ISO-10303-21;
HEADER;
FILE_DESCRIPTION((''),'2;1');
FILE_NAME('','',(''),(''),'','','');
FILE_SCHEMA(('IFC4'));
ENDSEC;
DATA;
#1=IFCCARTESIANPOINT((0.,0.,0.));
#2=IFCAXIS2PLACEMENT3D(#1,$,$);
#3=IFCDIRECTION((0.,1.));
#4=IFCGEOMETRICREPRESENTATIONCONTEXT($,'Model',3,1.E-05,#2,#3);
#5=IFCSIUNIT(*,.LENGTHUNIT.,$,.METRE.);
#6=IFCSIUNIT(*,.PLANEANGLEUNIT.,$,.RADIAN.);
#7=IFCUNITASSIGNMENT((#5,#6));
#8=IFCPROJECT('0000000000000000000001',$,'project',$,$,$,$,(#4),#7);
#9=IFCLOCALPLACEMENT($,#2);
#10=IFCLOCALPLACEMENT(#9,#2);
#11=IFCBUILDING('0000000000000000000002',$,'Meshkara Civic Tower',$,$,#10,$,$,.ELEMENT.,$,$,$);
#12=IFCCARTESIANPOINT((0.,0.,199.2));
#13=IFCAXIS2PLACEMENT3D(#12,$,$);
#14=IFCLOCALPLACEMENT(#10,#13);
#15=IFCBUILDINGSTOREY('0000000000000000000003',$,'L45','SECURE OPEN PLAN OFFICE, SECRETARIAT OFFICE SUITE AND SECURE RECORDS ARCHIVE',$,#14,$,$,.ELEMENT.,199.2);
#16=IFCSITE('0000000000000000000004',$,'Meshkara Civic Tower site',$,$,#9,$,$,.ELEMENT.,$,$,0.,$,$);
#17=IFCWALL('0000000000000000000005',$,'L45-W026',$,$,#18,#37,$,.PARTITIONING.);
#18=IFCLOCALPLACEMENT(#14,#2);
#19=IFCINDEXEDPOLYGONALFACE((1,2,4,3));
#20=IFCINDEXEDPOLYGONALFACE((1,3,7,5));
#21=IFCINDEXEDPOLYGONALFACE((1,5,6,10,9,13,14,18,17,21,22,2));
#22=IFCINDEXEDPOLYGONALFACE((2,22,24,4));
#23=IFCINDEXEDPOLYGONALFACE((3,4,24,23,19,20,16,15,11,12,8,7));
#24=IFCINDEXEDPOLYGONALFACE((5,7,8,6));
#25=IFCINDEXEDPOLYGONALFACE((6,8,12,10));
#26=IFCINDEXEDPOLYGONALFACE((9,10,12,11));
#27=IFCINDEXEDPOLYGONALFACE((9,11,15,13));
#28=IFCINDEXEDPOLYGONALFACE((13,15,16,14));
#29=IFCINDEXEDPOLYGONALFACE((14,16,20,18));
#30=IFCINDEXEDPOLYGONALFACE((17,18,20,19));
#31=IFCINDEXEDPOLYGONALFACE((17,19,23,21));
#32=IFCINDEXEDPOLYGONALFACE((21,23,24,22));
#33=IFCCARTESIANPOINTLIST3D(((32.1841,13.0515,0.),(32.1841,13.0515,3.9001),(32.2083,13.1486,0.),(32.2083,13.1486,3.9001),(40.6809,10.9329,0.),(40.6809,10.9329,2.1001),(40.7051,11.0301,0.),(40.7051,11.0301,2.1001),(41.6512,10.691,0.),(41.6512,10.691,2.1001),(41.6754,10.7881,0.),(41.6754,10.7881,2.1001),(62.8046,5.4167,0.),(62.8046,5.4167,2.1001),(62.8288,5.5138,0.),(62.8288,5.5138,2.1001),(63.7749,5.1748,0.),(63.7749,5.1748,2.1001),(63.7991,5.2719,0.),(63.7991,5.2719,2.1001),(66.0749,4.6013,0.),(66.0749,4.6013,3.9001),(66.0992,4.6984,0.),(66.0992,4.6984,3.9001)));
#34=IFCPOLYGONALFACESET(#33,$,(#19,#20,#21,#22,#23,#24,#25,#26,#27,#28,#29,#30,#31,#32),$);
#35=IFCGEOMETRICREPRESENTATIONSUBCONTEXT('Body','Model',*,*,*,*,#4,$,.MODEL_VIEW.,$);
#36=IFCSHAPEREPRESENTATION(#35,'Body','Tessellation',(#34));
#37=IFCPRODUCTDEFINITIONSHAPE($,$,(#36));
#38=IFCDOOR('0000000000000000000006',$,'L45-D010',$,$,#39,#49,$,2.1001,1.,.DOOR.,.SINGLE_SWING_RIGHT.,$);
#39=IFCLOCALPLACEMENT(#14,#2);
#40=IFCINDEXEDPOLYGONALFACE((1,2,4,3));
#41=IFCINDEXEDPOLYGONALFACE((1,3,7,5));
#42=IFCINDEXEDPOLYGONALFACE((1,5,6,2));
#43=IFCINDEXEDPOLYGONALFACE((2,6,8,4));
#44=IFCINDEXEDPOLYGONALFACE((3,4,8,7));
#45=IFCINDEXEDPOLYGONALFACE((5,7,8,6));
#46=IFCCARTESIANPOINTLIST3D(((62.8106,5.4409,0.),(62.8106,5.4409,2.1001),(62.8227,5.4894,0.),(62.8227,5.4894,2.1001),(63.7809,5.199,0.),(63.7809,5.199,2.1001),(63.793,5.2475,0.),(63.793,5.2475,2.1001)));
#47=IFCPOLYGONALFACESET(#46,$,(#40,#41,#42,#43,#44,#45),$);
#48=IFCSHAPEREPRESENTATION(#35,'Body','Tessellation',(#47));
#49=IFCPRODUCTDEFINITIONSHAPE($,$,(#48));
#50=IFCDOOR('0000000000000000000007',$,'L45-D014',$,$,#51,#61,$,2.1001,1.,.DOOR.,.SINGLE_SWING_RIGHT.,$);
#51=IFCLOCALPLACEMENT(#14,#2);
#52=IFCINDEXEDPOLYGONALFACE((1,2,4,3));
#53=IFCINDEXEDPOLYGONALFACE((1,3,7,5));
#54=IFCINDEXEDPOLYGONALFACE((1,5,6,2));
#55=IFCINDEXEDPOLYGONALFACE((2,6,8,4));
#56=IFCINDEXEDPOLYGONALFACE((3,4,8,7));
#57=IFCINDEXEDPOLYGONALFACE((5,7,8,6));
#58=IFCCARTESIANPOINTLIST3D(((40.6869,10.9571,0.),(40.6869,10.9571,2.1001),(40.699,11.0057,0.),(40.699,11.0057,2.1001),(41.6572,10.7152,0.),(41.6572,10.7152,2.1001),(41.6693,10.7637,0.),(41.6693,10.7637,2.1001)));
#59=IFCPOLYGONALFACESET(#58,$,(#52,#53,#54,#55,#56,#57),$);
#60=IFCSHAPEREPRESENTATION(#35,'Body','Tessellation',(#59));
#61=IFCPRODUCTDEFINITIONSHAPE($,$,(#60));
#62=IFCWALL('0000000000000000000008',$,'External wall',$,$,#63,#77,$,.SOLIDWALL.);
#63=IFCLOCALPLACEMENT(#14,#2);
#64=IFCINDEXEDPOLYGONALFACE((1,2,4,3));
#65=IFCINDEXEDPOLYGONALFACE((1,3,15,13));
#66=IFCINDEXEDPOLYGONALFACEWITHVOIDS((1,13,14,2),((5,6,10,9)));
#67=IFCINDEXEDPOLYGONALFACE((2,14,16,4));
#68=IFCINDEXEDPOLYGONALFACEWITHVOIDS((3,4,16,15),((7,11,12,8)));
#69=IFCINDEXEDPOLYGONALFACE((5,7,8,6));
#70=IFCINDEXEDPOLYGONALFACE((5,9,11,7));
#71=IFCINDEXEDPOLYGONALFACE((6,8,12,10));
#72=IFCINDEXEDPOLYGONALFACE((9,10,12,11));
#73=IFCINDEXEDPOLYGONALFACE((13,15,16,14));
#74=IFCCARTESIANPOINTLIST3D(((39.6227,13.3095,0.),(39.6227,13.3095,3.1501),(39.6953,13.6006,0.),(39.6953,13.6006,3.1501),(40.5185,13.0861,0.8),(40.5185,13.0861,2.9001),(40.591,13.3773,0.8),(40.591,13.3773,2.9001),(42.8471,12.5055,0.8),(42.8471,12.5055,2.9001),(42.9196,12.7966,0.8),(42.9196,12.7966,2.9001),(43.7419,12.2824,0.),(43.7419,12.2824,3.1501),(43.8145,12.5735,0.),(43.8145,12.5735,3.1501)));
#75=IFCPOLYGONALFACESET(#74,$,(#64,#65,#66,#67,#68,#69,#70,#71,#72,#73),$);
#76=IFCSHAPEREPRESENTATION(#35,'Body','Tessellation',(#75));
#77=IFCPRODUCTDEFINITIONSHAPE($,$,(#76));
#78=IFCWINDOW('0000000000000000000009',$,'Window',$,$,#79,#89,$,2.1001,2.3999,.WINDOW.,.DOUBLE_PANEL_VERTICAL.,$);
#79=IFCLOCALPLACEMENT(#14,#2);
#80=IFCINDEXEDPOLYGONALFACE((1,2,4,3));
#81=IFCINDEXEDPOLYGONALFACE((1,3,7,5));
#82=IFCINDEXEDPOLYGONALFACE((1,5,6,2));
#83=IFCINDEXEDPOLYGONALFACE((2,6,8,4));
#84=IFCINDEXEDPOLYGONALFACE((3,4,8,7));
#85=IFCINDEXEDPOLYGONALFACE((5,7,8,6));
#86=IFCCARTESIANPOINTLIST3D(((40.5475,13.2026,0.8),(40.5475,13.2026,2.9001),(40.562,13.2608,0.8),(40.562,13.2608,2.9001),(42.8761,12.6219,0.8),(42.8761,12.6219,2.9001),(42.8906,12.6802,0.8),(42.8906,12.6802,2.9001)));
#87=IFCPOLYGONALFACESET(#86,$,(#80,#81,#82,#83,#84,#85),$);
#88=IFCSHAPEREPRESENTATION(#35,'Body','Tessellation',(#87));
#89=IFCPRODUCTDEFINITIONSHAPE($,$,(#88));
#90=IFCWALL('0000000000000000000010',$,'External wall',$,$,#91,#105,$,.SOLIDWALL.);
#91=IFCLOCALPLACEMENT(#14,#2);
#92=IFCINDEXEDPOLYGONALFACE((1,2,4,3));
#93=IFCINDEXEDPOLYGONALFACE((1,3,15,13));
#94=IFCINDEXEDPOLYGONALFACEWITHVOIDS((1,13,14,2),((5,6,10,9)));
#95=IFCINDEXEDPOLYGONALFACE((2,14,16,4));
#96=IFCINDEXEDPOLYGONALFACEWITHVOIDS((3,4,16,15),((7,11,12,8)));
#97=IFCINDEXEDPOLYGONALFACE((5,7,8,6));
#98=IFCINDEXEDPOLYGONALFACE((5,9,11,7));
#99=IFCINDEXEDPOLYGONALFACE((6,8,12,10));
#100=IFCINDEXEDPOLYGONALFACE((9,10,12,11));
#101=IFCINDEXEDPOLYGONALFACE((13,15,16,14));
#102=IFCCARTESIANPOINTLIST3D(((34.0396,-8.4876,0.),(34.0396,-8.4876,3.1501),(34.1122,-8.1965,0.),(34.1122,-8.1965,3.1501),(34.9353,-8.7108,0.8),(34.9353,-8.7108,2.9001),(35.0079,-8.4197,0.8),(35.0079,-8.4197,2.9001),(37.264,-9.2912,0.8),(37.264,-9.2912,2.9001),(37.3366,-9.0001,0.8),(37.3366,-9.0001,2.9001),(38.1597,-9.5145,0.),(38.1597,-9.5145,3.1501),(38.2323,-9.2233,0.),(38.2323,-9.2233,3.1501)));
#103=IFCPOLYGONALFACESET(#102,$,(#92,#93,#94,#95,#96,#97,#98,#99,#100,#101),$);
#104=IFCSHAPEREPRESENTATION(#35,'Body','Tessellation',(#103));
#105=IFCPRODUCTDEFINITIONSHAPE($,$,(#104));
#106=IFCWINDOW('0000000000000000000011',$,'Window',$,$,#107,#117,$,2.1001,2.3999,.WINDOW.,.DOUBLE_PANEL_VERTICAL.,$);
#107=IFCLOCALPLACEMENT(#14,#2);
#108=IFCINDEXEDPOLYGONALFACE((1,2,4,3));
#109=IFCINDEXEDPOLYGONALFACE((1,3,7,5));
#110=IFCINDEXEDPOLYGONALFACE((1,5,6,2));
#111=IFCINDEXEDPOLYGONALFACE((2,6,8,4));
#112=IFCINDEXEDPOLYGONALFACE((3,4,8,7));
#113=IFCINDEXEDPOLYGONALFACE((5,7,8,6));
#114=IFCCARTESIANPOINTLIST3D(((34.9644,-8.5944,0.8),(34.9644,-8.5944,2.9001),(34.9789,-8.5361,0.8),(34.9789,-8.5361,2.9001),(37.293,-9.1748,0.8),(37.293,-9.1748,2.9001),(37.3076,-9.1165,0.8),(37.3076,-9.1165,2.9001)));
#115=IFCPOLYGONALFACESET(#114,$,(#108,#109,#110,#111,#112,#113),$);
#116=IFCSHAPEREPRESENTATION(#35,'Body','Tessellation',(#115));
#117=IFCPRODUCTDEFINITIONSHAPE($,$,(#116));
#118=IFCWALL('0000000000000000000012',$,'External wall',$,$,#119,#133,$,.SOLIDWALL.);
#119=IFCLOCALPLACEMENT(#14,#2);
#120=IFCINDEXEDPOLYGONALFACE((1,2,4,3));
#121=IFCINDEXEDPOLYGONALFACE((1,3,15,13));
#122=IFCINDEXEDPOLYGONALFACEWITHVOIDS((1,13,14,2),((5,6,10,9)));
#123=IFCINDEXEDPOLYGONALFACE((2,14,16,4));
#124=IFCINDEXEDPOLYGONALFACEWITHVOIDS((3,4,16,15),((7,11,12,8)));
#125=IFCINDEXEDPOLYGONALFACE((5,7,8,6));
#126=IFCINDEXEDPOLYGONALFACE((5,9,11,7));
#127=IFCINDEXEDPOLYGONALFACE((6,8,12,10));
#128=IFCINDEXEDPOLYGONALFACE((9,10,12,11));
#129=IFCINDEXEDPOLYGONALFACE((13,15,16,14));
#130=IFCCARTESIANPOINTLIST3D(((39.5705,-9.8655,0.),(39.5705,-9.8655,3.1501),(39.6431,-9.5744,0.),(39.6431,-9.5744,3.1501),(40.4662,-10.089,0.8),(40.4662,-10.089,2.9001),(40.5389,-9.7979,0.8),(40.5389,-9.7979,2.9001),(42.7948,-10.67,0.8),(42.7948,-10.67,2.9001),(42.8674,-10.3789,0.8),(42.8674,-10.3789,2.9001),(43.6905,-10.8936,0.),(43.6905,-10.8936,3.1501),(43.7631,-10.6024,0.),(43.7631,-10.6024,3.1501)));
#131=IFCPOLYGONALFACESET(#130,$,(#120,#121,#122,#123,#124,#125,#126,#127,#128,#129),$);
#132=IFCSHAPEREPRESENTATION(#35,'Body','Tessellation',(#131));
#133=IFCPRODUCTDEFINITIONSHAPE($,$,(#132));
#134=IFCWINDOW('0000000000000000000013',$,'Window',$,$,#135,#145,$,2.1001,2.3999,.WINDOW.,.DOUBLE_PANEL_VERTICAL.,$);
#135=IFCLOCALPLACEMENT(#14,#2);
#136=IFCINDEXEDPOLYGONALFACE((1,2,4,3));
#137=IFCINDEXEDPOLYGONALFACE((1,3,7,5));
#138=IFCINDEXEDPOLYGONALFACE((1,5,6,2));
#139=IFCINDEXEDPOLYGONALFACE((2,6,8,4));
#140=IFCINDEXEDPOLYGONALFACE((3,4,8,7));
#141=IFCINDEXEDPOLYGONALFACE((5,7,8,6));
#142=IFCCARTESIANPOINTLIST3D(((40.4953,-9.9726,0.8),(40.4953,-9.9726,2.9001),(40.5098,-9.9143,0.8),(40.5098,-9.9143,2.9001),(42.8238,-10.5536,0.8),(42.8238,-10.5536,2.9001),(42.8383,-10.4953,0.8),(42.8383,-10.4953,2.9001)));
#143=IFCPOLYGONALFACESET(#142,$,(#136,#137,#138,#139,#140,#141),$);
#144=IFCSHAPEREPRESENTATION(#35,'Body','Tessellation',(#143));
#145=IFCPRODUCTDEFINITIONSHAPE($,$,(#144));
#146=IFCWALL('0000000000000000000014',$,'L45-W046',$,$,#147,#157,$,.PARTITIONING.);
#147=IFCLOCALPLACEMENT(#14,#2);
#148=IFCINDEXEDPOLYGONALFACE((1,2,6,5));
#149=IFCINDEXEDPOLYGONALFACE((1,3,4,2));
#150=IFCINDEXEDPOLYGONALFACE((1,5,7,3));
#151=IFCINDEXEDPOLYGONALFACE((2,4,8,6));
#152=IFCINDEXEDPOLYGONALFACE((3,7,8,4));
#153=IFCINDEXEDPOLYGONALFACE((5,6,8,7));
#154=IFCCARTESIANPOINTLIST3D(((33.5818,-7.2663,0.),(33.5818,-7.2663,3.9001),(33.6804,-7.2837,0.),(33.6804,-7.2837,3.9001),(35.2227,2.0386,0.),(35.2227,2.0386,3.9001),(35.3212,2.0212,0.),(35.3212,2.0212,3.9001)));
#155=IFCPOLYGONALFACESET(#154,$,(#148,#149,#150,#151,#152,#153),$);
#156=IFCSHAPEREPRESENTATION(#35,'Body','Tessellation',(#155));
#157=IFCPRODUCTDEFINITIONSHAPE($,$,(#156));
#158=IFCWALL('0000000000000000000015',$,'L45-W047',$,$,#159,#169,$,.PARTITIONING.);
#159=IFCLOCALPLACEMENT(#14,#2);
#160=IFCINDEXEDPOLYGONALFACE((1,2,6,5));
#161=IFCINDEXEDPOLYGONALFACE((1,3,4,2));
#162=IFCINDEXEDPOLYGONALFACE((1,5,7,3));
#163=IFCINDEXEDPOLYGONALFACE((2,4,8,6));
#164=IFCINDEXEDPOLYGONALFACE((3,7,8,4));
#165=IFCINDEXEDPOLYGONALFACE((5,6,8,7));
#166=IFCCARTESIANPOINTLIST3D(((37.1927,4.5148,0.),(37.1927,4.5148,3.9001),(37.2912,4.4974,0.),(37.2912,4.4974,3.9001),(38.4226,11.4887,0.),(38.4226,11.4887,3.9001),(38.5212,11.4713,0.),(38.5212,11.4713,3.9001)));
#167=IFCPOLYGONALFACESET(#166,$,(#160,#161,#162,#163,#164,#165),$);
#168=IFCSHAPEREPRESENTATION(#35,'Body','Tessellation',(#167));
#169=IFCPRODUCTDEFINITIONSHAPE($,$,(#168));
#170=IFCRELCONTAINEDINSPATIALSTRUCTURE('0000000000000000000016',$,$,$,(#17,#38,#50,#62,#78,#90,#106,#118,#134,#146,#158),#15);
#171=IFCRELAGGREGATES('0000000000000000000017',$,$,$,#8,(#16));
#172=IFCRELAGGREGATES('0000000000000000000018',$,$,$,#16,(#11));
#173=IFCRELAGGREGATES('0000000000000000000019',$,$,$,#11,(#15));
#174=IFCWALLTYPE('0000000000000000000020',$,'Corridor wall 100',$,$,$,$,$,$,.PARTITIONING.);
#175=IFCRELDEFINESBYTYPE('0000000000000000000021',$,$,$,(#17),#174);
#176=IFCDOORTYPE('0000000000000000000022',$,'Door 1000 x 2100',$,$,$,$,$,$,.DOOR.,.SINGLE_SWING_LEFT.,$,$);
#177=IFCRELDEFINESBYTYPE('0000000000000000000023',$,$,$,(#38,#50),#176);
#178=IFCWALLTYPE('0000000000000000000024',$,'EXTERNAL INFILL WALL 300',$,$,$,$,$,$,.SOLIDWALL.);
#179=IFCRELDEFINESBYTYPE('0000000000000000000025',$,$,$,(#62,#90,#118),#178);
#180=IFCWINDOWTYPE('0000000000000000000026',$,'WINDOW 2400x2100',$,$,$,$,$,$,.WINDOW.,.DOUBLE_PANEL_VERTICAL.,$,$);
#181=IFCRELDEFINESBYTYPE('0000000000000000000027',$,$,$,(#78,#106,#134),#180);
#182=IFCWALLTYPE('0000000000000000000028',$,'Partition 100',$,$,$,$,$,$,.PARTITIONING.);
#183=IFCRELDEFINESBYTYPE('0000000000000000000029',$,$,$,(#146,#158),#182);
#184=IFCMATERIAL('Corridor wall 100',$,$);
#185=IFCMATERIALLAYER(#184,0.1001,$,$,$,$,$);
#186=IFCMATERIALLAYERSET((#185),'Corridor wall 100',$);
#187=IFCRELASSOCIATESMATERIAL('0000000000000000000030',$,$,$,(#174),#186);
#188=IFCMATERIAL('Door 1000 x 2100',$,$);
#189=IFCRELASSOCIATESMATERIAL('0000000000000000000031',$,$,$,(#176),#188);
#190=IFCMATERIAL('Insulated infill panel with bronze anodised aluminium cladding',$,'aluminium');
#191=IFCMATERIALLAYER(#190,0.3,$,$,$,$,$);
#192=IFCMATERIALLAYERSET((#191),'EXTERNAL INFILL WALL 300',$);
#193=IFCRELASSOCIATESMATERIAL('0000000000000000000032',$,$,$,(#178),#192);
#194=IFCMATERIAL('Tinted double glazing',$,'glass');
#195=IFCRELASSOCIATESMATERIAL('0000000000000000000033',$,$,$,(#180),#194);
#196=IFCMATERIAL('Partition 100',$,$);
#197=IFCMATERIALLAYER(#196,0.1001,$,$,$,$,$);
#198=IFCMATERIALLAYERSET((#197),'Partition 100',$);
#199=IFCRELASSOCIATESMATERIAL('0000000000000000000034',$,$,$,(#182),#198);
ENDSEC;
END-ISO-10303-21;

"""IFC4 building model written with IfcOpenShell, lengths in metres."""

from ifc_helpers import new_model, si_unit, direction, frame, frame_2d, origin, place, context, subcontext, project, spatial, rectangle, extrude, material, layer, layer_set, type_object, element, fill, save


model = new_model("IFC4")

# Units and contexts
model_context = context("Model", 3, precision=1e-05, world=origin(), true_north=direction((0.0, 1.0)))
body_context = subcontext(model_context, "Body", "Model", "MODEL_VIEW")
ifc_project = project(units=[si_unit("LENGTHUNIT", "METRE"), si_unit("PLANEANGLEUNIT", "RADIAN")], contexts=[model_context])

# Site, building, storey
site_placement = place(None, origin())
site = spatial("IfcSite", under=ifc_project, at=site_placement, Name="Meshkara Civic Tower site", CompositionType="ELEMENT", RefElevation=0.0)
building_placement = place(site_placement, origin())
building = spatial("IfcBuilding", under=site, at=building_placement, Name="Meshkara Civic Tower", CompositionType="ELEMENT")
storey_placement = place(building_placement, frame((0.0, 0.0, 199.2)))
storey = spatial("IfcBuildingStorey", under=building, at=storey_placement, Name="L45", Description="SECURE OPEN PLAN OFFICE, SECRETARIAT OFFICE SUITE AND SECURE RECORDS ARCHIVE", CompositionType="ELEMENT", Elevation=199.2)

# Wall, openings, doors
ifc_material_1 = material(Name="Corridor wall 100")
ifc_layer_1 = layer(ifc_material_1, 0.1001)
ifc_layer_set_1 = layer_set([ifc_layer_1], Name="Corridor wall 100")
wall_type_1 = type_object("IfcWallType", Name="Corridor wall 100", PredefinedType="PARTITIONING", material=ifc_layer_set_1)
wall_1_placement = place(storey_placement, frame((32.196, 13.1001, 0.0), z_axis=(0.0, 0.0, 1.0), x_axis=(0.970294, -0.241929, 0.0)))
wall_1 = element("IfcWall", 1, at=wall_1_placement, inside=storey, type_object=wall_type_1, Name="L45-W026", PredefinedType="PARTITIONING", context=body_context, shape_type="SweptSolid", body=[
    extrude(rectangle(XDim=34.9285, YDim=0.1001, at=frame_2d((17.4644, 0.0))), origin(), (0.0, 0.0, 1.0), 3.9001),
])
opening_1_placement = place(wall_1_placement, frame((31.5581, 0.0, 0.0)))
opening_1 = element("IfcOpeningElement", 2, at=opening_1_placement, cuts=wall_1, PredefinedType="OPENING", context=body_context, shape_type="SweptSolid", body=[
    extrude(rectangle(XDim=1.0, YDim=2.1001, at=frame_2d((0.5, 1.05))), frame((0.0, 0.0601, 0.0), z_axis=(0.0, -1.0, 0.0), x_axis=(1.0, 0.0, 0.0)), (0.0, 0.0, 1.0), 0.1201),
])
opening_2_placement = place(wall_1_placement, frame((8.7571, 0.0, 0.0)))
opening_2 = element("IfcOpeningElement", 3, at=opening_2_placement, cuts=wall_1, PredefinedType="OPENING", context=body_context, shape_type="SweptSolid", body=[
    extrude(rectangle(XDim=1.0, YDim=2.1001, at=frame_2d((0.5, 1.05))), frame((0.0, 0.0601, 0.0), z_axis=(0.0, -1.0, 0.0), x_axis=(1.0, 0.0, 0.0)), (0.0, 0.0, 1.0), 0.1201),
])
ifc_material_2 = material(Name="Door 1000 x 2100")
door_type = type_object("IfcDoorType", Name="Door 1000 x 2100", OperationType="SINGLE_SWING_LEFT", PredefinedType="DOOR", material=ifc_material_2)
door_1_placement = place(opening_1_placement, origin())
door_1 = element("IfcDoor", 4, at=door_1_placement, inside=storey, type_object=door_type, Name="L45-D010", OperationType="SINGLE_SWING_RIGHT", OverallHeight=2.1001, OverallWidth=1.0, PredefinedType="DOOR", context=body_context, shape_type="SweptSolid", body=[
    extrude(rectangle(XDim=1.0, YDim=2.1001, at=frame_2d((0.5, 1.05))), frame((0.0, 0.0249, 0.0), z_axis=(0.0, -1.0, 0.0), x_axis=(1.0, 0.0, 0.0)), (0.0, 0.0, 1.0), 0.05),
])
fill(opening_1, door_1)
door_2_placement = place(opening_2_placement, origin())
door_2 = element("IfcDoor", 5, at=door_2_placement, inside=storey, type_object=door_type, Name="L45-D014", OperationType="SINGLE_SWING_RIGHT", OverallHeight=2.1001, OverallWidth=1.0, PredefinedType="DOOR", context=body_context, shape_type="SweptSolid", body=[
    extrude(rectangle(XDim=1.0, YDim=2.1001, at=frame_2d((0.5, 1.05))), frame((0.0, 0.0249, 0.0), z_axis=(0.0, -1.0, 0.0), x_axis=(1.0, 0.0, 0.0)), (0.0, 0.0, 1.0), 0.05),
])
fill(opening_2, door_2)

# Walls, openings, windows
ifc_material_3 = material(Name="Insulated infill panel with bronze anodised aluminium cladding", Category="aluminium")
ifc_layer_2 = layer(ifc_material_3, 0.3)
ifc_layer_set_2 = layer_set([ifc_layer_2], Name="EXTERNAL INFILL WALL 300")
wall_type_2 = type_object("IfcWallType", Name="EXTERNAL INFILL WALL 300", PredefinedType="SOLIDWALL", material=ifc_layer_set_2)
wall_2_placement = place(storey_placement, frame((43.7781, 12.428, 0.0), z_axis=(0.0, 0.0, 1.0), x_axis=(-0.970291, 0.24194, 0.0)))
wall_2 = element("IfcWall", 6, at=wall_2_placement, inside=storey, type_object=wall_type_2, Name="External wall", PredefinedType="SOLIDWALL", context=body_context, shape_type="SweptSolid", body=[
    extrude(rectangle(XDim=4.2454, YDim=0.3, at=frame_2d((2.1226, 0.0))), origin(), (0.0, 0.0, 1.0), 3.1501),
])
opening_3_placement = place(wall_2_placement, frame((0.9221, 0.0, 0.8)))
opening_3 = element("IfcOpeningElement", 7, at=opening_3_placement, cuts=wall_2, PredefinedType="OPENING", context=body_context, shape_type="SweptSolid", body=[
    extrude(rectangle(XDim=2.3999, YDim=2.1001, at=frame_2d((1.2, 1.05))), frame((0.0, 0.1599, 0.0), z_axis=(0.0, -1.0, 0.0), x_axis=(1.0, 0.0, 0.0)), (0.0, 0.0, 1.0), 0.3201),
])
ifc_material_4 = material(Name="Tinted double glazing", Category="glass")
window_type = type_object("IfcWindowType", Name="WINDOW 2400x2100", PartitioningType="DOUBLE_PANEL_VERTICAL", PredefinedType="WINDOW", material=ifc_material_4)
window_1_placement = place(opening_3_placement, origin())
window_1 = element("IfcWindow", 8, at=window_1_placement, inside=storey, type_object=window_type, Name="Window", OverallHeight=2.1001, OverallWidth=2.3999, PartitioningType="DOUBLE_PANEL_VERTICAL", PredefinedType="WINDOW", context=body_context, shape_type="SweptSolid", body=[
    extrude(rectangle(XDim=2.3999, YDim=2.1001, at=frame_2d((1.2, 1.05))), frame((0.0, 0.03, 0.0), z_axis=(0.0, -1.0, 0.0), x_axis=(1.0, 0.0, 0.0)), (0.0, 0.0, 1.0), 0.0601),
])
fill(opening_3, window_1)
wall_3_placement = place(storey_placement, frame((34.0759, -8.342, 0.0), z_axis=(0.0, 0.0, 1.0), x_axis=(0.970318, -0.241832, 0.0)))
wall_3 = element("IfcWall", 9, at=wall_3_placement, inside=storey, type_object=wall_type_2, Name="External wall", PredefinedType="SOLIDWALL", context=body_context, shape_type="SweptSolid", body=[
    extrude(rectangle(XDim=4.2461, YDim=0.3, at=frame_2d((2.123, 0.0))), origin(), (0.0, 0.0, 1.0), 3.1501),
])
opening_4_placement = place(wall_3_placement, frame((0.9231, 0.0, 0.8)))
opening_4 = element("IfcOpeningElement", 10, at=opening_4_placement, cuts=wall_3, PredefinedType="OPENING", context=body_context, shape_type="SweptSolid", body=[
    extrude(rectangle(XDim=2.3999, YDim=2.1001, at=frame_2d((1.2, 1.05))), frame((0.0, 0.1599, 0.0), z_axis=(0.0, -1.0, 0.0), x_axis=(1.0, 0.0, 0.0)), (0.0, 0.0, 1.0), 0.3201),
])
window_2_placement = place(opening_4_placement, origin())
window_2 = element("IfcWindow", 11, at=window_2_placement, inside=storey, type_object=window_type, Name="Window", OverallHeight=2.1001, OverallWidth=2.3999, PartitioningType="DOUBLE_PANEL_VERTICAL", PredefinedType="WINDOW", context=body_context, shape_type="SweptSolid", body=[
    extrude(rectangle(XDim=2.3999, YDim=2.1001, at=frame_2d((1.2, 1.05))), frame((0.0, 0.03, 0.0), z_axis=(0.0, -1.0, 0.0), x_axis=(1.0, 0.0, 0.0)), (0.0, 0.0, 1.0), 0.0601),
])
fill(opening_4, window_2)
wall_4_placement = place(storey_placement, frame((39.6069, -9.72, 0.0), z_axis=(0.0, 0.0, 1.0), x_axis=(0.970251, -0.242103, 0.0)))
wall_4 = element("IfcWall", 12, at=wall_4_placement, inside=storey, type_object=wall_type_2, Name="External wall", PredefinedType="SOLIDWALL", context=body_context, shape_type="SweptSolid", body=[
    extrude(rectangle(XDim=4.2463, YDim=0.3, at=frame_2d((2.123, 0.0))), origin(), (0.0, 0.0, 1.0), 3.1501),
])
opening_5_placement = place(wall_4_placement, frame((0.9231, 0.0, 0.8)))
opening_5 = element("IfcOpeningElement", 13, at=opening_5_placement, cuts=wall_4, PredefinedType="OPENING", context=body_context, shape_type="SweptSolid", body=[
    extrude(rectangle(XDim=2.3999, YDim=2.1001, at=frame_2d((1.2, 1.05))), frame((0.0, 0.1599, 0.0), z_axis=(0.0, -1.0, 0.0), x_axis=(1.0, 0.0, 0.0)), (0.0, 0.0, 1.0), 0.3201),
])
window_3_placement = place(opening_5_placement, origin())
window_3 = element("IfcWindow", 14, at=window_3_placement, inside=storey, type_object=window_type, Name="Window", OverallHeight=2.1001, OverallWidth=2.3999, PartitioningType="DOUBLE_PANEL_VERTICAL", PredefinedType="WINDOW", context=body_context, shape_type="SweptSolid", body=[
    extrude(rectangle(XDim=2.3999, YDim=2.1001, at=frame_2d((1.2, 1.05))), frame((0.0, 0.03, 0.0), z_axis=(0.0, -1.0, 0.0), x_axis=(1.0, 0.0, 0.0)), (0.0, 0.0, 1.0), 0.0601),
])
fill(opening_5, window_3)

# Walls
ifc_material_5 = material(Name="Partition 100")
ifc_layer_3 = layer(ifc_material_5, 0.1001)
ifc_layer_set_3 = layer_set([ifc_layer_3], Name="Partition 100")
wall_type_3 = type_object("IfcWallType", Name="Partition 100", PredefinedType="PARTITIONING", material=ifc_layer_set_3)
wall_5_placement = place(storey_placement, frame((33.6311, -7.2749, 0.0), z_axis=(0.0, 0.0, 1.0), x_axis=(0.173664, 0.984805, 0.0)))
element("IfcWall", 15, at=wall_5_placement, inside=storey, type_object=wall_type_3, Name="L45-W046", PredefinedType="PARTITIONING", context=body_context, shape_type="SweptSolid", body=[
    extrude(rectangle(XDim=9.4485, YDim=0.1001, at=frame_2d((4.7241, 0.0))), origin(), (0.0, 0.0, 1.0), 3.9001),
])
wall_6_placement = place(storey_placement, frame((37.2419, 4.5061, 0.0), z_axis=(0.0, 0.0, 1.0), x_axis=(0.173689, 0.984801, 0.0)))
element("IfcWall", 16, at=wall_6_placement, inside=storey, type_object=wall_type_3, Name="L45-W047", PredefinedType="PARTITIONING", context=body_context, shape_type="SweptSolid", body=[
    extrude(rectangle(XDim=7.0815, YDim=0.1001, at=frame_2d((3.5408, 0.0))), origin(), (0.0, 0.0, 1.0), 3.9001),
])

save(model, "model.ifc")
